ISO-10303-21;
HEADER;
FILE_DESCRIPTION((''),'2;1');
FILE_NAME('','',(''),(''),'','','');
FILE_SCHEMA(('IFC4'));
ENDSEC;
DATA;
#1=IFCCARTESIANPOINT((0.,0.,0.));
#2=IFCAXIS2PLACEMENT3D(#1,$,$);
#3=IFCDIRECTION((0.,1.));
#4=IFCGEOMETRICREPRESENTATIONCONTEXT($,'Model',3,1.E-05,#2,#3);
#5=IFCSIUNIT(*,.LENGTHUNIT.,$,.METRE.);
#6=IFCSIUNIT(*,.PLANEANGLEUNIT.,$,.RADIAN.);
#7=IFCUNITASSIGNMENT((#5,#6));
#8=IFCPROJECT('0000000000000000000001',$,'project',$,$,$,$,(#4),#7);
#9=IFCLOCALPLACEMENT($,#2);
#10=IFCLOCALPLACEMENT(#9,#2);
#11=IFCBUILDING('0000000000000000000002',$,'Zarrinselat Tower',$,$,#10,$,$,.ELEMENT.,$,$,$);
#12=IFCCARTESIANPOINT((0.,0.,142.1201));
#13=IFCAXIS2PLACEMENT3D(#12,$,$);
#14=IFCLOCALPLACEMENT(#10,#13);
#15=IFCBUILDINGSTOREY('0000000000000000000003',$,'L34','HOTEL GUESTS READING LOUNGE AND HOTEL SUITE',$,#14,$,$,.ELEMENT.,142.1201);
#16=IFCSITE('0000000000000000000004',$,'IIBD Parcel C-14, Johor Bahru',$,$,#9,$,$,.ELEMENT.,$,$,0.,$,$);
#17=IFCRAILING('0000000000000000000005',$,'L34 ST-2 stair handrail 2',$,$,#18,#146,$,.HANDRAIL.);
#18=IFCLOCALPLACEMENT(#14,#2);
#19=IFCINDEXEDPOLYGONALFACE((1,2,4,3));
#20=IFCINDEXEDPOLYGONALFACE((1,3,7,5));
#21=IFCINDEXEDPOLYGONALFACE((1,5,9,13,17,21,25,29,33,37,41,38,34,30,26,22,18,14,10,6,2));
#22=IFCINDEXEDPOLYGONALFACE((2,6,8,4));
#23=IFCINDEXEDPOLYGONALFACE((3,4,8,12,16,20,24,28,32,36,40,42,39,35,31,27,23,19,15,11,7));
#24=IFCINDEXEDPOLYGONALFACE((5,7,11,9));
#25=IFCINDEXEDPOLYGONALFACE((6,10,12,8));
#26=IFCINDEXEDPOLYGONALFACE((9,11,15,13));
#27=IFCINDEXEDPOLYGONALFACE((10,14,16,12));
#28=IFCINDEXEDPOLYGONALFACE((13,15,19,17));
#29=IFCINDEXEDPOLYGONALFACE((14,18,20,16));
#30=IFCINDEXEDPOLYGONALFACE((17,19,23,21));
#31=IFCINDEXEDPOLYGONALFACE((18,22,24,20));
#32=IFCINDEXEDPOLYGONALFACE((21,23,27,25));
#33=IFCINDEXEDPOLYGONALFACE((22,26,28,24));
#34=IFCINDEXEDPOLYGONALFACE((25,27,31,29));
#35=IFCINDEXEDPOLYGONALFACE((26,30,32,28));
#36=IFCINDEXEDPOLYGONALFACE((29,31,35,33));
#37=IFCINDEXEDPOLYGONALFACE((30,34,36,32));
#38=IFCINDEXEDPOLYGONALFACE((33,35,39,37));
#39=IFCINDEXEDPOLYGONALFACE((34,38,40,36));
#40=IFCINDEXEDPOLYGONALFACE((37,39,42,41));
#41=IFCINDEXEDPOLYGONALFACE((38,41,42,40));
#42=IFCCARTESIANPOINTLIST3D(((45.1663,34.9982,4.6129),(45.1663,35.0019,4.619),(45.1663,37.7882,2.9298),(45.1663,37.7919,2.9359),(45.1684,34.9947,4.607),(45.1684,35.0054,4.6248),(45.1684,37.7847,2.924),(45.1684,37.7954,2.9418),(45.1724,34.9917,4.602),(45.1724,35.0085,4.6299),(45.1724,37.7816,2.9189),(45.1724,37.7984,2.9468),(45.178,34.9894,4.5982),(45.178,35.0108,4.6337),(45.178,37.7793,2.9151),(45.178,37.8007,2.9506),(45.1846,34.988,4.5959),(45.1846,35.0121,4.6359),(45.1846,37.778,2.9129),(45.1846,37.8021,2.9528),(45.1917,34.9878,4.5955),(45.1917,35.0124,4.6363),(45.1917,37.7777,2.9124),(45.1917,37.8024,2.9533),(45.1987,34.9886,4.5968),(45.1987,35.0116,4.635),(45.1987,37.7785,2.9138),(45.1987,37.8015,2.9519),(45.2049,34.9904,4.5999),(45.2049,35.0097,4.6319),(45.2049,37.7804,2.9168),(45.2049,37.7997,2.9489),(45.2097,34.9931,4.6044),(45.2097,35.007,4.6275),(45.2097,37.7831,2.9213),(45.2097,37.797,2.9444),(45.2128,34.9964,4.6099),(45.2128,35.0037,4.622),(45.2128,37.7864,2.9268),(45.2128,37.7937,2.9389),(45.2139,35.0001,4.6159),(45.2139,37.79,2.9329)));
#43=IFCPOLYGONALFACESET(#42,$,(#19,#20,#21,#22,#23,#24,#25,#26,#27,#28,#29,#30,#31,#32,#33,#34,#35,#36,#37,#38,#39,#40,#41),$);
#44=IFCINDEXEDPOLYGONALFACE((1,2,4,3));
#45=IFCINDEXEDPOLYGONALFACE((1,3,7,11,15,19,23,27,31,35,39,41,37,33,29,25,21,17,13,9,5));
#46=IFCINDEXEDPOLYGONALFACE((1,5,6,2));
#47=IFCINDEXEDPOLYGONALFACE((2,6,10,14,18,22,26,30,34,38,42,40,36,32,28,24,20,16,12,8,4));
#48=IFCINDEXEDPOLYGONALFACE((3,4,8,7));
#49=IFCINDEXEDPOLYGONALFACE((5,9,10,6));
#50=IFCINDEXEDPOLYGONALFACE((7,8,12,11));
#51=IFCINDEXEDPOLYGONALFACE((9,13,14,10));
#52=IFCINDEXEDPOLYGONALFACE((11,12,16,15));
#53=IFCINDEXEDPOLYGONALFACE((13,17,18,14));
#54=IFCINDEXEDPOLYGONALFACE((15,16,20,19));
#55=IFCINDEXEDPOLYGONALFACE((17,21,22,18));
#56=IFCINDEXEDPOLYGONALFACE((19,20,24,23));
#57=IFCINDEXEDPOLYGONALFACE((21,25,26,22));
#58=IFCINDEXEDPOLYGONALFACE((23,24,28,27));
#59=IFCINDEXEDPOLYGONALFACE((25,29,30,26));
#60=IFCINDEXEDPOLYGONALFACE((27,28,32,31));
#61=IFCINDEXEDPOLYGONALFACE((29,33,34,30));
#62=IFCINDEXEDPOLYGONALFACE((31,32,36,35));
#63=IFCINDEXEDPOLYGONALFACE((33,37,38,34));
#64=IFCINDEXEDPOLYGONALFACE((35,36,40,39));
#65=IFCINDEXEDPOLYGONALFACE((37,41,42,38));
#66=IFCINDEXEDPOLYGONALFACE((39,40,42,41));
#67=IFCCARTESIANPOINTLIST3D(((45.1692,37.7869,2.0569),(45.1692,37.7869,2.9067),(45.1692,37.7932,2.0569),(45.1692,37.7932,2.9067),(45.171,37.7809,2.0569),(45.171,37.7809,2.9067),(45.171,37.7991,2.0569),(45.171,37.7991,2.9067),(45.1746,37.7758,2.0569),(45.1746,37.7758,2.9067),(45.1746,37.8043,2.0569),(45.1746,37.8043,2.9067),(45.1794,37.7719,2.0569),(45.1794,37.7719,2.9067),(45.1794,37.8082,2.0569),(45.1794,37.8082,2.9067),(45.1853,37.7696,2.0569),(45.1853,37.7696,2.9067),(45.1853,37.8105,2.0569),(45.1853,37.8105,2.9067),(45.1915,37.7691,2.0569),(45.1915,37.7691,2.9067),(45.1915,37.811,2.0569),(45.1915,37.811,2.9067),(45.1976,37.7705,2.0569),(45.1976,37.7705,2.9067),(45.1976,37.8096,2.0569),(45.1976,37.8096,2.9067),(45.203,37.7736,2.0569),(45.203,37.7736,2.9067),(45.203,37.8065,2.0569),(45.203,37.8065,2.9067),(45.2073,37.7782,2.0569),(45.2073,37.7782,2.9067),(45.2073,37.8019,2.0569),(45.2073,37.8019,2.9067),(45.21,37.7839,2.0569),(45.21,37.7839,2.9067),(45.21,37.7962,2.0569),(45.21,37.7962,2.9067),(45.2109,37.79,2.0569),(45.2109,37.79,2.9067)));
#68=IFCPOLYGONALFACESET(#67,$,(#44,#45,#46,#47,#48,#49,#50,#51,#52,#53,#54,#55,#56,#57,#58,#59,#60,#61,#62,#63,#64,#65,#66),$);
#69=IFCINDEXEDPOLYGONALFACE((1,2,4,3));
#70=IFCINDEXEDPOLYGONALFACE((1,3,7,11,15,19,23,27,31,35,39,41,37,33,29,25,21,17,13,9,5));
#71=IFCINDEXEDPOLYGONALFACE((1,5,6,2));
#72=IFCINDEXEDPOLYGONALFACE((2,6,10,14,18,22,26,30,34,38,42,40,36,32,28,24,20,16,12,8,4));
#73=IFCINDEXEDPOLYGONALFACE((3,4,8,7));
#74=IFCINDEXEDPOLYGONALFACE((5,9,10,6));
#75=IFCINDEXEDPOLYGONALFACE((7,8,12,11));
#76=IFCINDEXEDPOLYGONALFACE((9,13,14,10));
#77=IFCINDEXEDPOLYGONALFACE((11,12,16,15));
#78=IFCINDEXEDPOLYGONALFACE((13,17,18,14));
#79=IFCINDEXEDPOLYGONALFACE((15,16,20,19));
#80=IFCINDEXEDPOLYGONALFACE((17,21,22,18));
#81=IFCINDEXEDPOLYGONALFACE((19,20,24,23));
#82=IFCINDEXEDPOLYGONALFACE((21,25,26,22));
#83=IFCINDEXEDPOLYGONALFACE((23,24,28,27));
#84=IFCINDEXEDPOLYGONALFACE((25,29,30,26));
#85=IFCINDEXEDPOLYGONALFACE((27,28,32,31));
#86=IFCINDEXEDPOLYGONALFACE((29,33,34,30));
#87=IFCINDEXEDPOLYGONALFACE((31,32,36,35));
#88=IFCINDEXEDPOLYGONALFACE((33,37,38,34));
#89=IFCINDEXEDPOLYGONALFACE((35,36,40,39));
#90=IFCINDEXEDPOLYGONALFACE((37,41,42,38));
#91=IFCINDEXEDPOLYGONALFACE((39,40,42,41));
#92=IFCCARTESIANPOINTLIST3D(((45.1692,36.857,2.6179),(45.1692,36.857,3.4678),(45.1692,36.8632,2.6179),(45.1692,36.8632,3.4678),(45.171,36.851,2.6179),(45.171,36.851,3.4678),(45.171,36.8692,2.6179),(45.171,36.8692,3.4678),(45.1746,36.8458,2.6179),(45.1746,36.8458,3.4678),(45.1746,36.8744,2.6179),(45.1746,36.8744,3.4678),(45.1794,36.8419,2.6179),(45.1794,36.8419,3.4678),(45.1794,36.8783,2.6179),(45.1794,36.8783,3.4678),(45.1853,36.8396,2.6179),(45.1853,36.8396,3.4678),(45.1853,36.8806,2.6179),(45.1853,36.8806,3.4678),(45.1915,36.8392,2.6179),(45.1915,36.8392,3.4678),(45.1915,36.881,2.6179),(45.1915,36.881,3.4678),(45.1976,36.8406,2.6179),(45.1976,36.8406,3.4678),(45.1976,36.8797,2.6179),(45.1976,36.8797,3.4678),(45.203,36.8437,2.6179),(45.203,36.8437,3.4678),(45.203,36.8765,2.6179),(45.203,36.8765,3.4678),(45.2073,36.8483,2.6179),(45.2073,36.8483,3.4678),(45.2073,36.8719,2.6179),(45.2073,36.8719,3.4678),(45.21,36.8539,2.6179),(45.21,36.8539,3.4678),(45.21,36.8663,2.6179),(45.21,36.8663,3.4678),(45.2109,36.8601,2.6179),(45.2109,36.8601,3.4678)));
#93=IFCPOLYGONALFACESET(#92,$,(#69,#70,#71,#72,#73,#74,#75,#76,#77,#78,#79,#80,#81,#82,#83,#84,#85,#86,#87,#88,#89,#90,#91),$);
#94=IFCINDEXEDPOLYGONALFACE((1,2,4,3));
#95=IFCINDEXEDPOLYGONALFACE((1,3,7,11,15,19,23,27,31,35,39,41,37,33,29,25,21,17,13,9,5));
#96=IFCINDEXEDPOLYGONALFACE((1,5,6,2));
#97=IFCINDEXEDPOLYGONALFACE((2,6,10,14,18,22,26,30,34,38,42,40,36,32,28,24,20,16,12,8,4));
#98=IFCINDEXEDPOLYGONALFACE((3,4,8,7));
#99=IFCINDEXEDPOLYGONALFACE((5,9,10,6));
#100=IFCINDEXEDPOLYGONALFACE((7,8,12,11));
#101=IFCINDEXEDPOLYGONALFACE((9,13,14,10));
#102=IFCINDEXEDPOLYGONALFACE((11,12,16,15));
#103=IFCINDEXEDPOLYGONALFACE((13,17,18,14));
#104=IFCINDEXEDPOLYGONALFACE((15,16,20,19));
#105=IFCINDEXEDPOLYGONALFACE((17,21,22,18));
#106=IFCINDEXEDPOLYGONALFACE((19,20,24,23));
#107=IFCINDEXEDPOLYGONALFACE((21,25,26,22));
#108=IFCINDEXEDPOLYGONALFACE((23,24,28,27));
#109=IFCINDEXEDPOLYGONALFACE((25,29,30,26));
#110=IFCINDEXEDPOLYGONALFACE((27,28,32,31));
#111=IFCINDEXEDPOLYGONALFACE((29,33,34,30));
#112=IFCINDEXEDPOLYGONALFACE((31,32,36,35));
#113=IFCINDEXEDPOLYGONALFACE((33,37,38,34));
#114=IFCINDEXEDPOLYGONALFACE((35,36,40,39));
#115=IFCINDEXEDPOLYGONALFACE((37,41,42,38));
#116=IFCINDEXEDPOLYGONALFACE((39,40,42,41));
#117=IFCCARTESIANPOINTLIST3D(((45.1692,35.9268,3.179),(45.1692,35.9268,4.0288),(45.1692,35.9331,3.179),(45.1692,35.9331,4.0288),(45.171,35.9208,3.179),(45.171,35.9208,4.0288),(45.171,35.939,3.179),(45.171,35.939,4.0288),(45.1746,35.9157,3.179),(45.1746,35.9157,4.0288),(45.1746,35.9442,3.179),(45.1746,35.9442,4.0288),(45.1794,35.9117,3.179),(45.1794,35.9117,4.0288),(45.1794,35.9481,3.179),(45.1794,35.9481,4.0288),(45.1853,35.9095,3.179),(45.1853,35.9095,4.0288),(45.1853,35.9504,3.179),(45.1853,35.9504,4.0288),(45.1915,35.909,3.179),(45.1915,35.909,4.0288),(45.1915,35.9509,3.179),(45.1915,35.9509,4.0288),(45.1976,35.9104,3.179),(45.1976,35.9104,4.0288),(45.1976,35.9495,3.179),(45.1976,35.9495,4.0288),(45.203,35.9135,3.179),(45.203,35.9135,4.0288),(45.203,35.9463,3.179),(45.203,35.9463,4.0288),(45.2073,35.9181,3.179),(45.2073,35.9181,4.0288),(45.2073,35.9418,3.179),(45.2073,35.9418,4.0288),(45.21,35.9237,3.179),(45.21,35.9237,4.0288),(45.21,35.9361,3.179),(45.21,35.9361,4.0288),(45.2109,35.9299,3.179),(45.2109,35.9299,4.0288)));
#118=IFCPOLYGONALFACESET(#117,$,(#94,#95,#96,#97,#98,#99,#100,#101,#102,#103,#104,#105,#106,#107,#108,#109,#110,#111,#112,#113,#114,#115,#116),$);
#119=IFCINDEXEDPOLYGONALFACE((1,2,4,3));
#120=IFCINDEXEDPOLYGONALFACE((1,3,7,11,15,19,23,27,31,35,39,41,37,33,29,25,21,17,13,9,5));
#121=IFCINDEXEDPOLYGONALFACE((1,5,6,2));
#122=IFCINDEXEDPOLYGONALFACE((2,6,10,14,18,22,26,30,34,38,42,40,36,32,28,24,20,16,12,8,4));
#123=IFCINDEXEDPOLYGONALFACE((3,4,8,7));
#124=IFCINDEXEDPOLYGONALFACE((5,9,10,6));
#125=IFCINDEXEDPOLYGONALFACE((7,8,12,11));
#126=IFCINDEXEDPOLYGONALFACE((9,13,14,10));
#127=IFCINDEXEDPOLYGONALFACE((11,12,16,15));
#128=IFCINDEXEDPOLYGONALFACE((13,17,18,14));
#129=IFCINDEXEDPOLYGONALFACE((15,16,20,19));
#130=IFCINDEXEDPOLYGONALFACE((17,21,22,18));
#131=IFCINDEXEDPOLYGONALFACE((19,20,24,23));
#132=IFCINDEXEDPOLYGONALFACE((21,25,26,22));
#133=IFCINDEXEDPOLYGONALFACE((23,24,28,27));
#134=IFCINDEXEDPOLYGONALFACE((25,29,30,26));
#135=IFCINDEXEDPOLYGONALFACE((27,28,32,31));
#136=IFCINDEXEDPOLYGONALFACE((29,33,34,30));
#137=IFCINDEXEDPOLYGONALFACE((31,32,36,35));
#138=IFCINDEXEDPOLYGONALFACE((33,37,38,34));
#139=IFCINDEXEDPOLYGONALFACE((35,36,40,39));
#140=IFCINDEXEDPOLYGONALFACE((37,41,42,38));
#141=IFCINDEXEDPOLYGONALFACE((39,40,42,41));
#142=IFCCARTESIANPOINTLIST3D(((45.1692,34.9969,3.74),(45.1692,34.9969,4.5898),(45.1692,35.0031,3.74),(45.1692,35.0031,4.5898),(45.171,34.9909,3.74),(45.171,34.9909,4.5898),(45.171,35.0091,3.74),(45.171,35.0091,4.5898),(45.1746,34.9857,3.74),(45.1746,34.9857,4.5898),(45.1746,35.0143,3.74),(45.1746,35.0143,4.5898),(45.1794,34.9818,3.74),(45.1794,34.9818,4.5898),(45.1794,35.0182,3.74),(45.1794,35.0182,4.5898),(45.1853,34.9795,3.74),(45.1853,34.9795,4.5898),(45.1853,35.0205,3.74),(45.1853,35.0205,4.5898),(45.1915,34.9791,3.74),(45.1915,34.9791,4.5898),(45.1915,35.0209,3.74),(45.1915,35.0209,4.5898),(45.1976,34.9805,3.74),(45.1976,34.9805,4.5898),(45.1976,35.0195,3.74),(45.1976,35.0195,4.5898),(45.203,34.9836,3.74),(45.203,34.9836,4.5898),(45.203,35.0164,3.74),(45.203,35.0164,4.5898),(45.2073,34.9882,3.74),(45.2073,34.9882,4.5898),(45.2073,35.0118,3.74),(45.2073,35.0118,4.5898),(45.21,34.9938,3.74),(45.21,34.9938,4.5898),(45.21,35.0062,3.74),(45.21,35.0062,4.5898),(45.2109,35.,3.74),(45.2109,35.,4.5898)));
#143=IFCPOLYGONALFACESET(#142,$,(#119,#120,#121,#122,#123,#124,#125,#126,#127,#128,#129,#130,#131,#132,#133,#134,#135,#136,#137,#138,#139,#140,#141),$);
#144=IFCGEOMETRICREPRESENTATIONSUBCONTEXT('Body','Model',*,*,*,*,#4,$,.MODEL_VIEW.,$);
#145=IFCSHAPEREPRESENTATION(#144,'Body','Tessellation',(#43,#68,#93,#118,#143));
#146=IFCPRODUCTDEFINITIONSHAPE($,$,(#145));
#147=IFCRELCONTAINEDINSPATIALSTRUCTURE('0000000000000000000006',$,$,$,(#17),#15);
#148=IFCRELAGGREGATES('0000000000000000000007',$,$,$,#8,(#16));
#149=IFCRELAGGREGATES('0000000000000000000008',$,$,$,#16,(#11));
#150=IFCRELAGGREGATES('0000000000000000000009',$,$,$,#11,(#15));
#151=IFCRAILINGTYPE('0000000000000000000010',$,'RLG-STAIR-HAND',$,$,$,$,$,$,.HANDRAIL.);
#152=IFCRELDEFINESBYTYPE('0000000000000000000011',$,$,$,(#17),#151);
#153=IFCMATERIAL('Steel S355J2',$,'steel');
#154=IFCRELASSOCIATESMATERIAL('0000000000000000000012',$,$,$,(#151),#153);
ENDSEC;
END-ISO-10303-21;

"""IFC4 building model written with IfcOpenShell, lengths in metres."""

from ifc_helpers import new_model, si_unit, direction, frame, origin, origin_2d, place, context, subcontext, project, spatial, circle, extrude, material, type_object, element, save


model = new_model("IFC4")

# Units and contexts
model_context = context("Model", 3, precision=1e-05, world=origin(), true_north=direction((0.0, 1.0)))
body_context = subcontext(model_context, "Body", "Model", "MODEL_VIEW")
ifc_project = project(units=[si_unit("LENGTHUNIT", "METRE"), si_unit("PLANEANGLEUNIT", "RADIAN")], contexts=[model_context])

# Site, building, storey
site_placement = place(None, origin())
site = spatial("IfcSite", under=ifc_project, at=site_placement, Name="IIBD Parcel C-14, Johor Bahru", CompositionType="ELEMENT", RefElevation=0.0)
building_placement = place(site_placement, origin())
building = spatial("IfcBuilding", under=site, at=building_placement, Name="Zarrinselat Tower", CompositionType="ELEMENT")
storey_placement = place(building_placement, frame((0.0, 0.0, 142.1201)))
storey = spatial("IfcBuildingStorey", under=building, at=storey_placement, Name="L34", Description="HOTEL GUESTS READING LOUNGE AND HOTEL SUITE", CompositionType="ELEMENT", Elevation=142.1201)

# Railing
ifc_material_1 = material(Name="Steel S355J2", Category="steel")
railing_type_1 = type_object("IfcRailingType", Name="RLG-STAIR-HAND", PredefinedType="HANDRAIL", material=ifc_material_1)
railing_1_placement = place(storey_placement, frame((45.1899, 37.79, 2.0569)))
element("IfcRailing", 1, at=railing_1_placement, inside=storey, type_object=railing_type_1, Name="L34 ST-2 stair handrail 2", PredefinedType="HANDRAIL", context=body_context, shape_type="SweptSolid", body=[
    extrude(circle(Radius=0.0239, at=origin_2d()), frame((0.0, 0.0, 0.876), z_axis=(0.0, -0.856261, 0.516544), x_axis=(1.0, 0.0, 0.0)), (0.0, 0.0, 1.0), 3.2583),
    extrude(circle(Radius=0.021, at=origin_2d()), origin(), (0.0, 0.0, 1.0), 0.8499),
    extrude(circle(Radius=0.021, at=origin_2d()), frame((0.0, -0.9299, 0.561)), (0.0, 0.0, 1.0), 0.8499),
    extrude(circle(Radius=0.021, at=origin_2d()), frame((0.0, -1.8601, 1.1221)), (0.0, 0.0, 1.0), 0.8499),
    extrude(circle(Radius=0.021, at=origin_2d()), frame((0.0, -2.79, 1.6831)), (0.0, 0.0, 1.0), 0.8499),
])

save(model, "model.ifc")
